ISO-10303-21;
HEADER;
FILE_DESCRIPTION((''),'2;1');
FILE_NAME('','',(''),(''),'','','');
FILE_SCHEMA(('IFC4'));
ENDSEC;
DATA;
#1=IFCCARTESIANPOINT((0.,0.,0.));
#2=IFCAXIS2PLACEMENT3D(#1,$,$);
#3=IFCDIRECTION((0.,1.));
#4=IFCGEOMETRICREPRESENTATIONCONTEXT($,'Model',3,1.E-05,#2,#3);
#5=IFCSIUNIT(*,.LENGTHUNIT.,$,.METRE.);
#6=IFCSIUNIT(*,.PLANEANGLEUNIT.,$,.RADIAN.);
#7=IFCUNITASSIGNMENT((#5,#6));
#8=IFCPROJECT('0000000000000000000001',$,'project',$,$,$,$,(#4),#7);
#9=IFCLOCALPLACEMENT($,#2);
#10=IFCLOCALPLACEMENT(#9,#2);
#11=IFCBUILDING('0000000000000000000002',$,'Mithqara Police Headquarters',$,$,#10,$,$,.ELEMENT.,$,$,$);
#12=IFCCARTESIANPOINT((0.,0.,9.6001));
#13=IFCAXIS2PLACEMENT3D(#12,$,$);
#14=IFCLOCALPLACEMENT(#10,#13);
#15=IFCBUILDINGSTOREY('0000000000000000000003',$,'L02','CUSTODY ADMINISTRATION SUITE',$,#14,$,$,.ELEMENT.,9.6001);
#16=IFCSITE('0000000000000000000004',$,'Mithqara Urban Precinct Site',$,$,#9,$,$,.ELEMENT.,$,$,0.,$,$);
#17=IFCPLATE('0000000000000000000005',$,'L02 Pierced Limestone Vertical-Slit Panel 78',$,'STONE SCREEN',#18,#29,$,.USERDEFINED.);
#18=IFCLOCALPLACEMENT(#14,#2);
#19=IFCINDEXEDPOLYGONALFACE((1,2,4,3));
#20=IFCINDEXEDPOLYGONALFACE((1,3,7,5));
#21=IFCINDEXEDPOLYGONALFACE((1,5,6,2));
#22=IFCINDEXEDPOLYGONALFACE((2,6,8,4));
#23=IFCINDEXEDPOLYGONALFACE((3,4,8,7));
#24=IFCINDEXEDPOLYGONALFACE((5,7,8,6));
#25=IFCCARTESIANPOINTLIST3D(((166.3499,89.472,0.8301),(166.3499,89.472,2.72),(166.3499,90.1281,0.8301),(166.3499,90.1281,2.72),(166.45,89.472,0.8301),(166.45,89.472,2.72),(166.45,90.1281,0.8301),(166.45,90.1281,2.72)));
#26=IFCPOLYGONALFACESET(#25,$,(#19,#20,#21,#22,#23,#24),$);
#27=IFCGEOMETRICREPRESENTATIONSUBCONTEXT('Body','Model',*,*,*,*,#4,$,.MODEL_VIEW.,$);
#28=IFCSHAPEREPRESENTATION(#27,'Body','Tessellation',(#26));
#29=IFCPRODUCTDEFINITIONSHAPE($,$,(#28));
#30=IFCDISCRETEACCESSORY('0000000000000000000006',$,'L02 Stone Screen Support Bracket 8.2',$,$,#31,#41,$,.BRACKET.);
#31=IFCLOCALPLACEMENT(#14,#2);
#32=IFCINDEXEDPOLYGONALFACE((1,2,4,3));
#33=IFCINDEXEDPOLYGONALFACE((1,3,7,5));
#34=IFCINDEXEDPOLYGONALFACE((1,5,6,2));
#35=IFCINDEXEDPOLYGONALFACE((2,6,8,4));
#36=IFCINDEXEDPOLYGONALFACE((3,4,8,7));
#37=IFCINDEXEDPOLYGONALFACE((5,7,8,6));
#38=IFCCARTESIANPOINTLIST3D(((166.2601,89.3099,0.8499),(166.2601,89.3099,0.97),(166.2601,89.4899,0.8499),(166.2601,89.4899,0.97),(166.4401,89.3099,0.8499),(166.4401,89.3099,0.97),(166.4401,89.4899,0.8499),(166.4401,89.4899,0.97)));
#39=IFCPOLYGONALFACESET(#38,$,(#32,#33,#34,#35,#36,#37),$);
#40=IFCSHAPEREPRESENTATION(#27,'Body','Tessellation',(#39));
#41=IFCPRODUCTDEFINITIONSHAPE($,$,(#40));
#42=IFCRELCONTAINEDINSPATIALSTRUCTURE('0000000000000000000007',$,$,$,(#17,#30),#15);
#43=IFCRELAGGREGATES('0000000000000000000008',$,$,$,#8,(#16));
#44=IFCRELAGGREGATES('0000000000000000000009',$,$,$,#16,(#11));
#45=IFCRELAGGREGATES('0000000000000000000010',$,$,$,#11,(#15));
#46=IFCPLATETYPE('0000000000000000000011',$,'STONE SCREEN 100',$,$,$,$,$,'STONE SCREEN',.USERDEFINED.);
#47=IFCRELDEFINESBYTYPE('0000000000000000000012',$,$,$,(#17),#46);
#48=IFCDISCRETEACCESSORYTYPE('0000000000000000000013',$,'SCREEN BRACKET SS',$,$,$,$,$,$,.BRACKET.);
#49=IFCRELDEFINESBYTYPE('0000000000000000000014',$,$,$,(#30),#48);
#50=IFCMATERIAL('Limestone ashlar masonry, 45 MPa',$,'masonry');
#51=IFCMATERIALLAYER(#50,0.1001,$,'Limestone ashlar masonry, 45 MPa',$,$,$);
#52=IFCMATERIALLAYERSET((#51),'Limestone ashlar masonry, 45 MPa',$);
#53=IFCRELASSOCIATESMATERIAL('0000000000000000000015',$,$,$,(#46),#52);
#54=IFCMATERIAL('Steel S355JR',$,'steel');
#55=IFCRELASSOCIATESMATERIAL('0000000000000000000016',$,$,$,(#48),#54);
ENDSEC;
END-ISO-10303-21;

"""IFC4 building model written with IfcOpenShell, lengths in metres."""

from ifc_helpers import new_model, si_unit, direction, frame, origin, origin_2d, place, context, subcontext, project, spatial, rectangle, extrude, material, layer, layer_set, type_object, element, save


model = new_model("IFC4")

# Units and contexts
model_context = context("Model", 3, precision=1e-05, world=origin(), true_north=direction((0.0, 1.0)))
body_context = subcontext(model_context, "Body", "Model", "MODEL_VIEW")
ifc_project = project(units=[si_unit("LENGTHUNIT", "METRE"), si_unit("PLANEANGLEUNIT", "RADIAN")], contexts=[model_context])

# Site, building, storey
site_placement = place(None, origin())
site = spatial("IfcSite", under=ifc_project, at=site_placement, Name="Mithqara Urban Precinct Site", CompositionType="ELEMENT", RefElevation=0.0)
building_placement = place(site_placement, origin())
building = spatial("IfcBuilding", under=site, at=building_placement, Name="Mithqara Police Headquarters", CompositionType="ELEMENT")
storey_placement = place(building_placement, frame((0.0, 0.0, 9.6001)))
storey = spatial("IfcBuildingStorey", under=building, at=storey_placement, Name="L02", Description="CUSTODY ADMINISTRATION SUITE", CompositionType="ELEMENT", Elevation=9.6001)

# Shared definitions
ifc_material_1 = material(Name="Steel S355JR", Category="steel")

# Plate
ifc_material_2 = material(Name="Limestone ashlar masonry, 45 MPa", Category="masonry")
ifc_layer_1 = layer(ifc_material_2, 0.1001, Name="Limestone ashlar masonry, 45 MPa")
ifc_layer_set_1 = layer_set([ifc_layer_1], Name="Limestone ashlar masonry, 45 MPa")
plate_type_1 = type_object("IfcPlateType", Name="STONE SCREEN 100", ElementType="STONE SCREEN", PredefinedType="USERDEFINED", material=ifc_layer_set_1)
for number, where, z_axis, x_axis, name in (
    (1, (166.3999, 89.8, 0.8301), (0.0, 0.0, 1.0), (0.0, 1.0, 0.0), "L02 Pierced Limestone Vertical-Slit Panel 78"),
):
    element("IfcPlate", number, at=place(storey_placement, frame(where, z_axis=z_axis, x_axis=x_axis)), inside=storey, type_object=plate_type_1, Name=name, ObjectType="STONE SCREEN", PredefinedType="USERDEFINED", context=body_context, shape_type="SweptSolid", body=[
        extrude(rectangle(XDim=0.656, YDim=0.1001, at=origin_2d()), origin(), (0.0, 0.0, 1.0), 1.8899),
    ])

# Discrete accessory
discrete_accessory_type = type_object("IfcDiscreteAccessoryType", Name="SCREEN BRACKET SS", PredefinedType="BRACKET", material=ifc_material_1)
discrete_accessory_placement = place(storey_placement, frame((166.3501, 89.3999, 0.8499), z_axis=(0.0, 0.0, 1.0), x_axis=(0.0, 1.0, 0.0)))
element("IfcDiscreteAccessory", 2, at=discrete_accessory_placement, inside=storey, type_object=discrete_accessory_type, Name="L02 Stone Screen Support Bracket 8.2", PredefinedType="BRACKET", context=body_context, shape_type="SweptSolid", body=[
    extrude(rectangle(XDim=0.1799, YDim=0.1799, at=origin_2d()), origin(), (0.0, 0.0, 1.0), 0.1201),
])

save(model, "model.ifc")
